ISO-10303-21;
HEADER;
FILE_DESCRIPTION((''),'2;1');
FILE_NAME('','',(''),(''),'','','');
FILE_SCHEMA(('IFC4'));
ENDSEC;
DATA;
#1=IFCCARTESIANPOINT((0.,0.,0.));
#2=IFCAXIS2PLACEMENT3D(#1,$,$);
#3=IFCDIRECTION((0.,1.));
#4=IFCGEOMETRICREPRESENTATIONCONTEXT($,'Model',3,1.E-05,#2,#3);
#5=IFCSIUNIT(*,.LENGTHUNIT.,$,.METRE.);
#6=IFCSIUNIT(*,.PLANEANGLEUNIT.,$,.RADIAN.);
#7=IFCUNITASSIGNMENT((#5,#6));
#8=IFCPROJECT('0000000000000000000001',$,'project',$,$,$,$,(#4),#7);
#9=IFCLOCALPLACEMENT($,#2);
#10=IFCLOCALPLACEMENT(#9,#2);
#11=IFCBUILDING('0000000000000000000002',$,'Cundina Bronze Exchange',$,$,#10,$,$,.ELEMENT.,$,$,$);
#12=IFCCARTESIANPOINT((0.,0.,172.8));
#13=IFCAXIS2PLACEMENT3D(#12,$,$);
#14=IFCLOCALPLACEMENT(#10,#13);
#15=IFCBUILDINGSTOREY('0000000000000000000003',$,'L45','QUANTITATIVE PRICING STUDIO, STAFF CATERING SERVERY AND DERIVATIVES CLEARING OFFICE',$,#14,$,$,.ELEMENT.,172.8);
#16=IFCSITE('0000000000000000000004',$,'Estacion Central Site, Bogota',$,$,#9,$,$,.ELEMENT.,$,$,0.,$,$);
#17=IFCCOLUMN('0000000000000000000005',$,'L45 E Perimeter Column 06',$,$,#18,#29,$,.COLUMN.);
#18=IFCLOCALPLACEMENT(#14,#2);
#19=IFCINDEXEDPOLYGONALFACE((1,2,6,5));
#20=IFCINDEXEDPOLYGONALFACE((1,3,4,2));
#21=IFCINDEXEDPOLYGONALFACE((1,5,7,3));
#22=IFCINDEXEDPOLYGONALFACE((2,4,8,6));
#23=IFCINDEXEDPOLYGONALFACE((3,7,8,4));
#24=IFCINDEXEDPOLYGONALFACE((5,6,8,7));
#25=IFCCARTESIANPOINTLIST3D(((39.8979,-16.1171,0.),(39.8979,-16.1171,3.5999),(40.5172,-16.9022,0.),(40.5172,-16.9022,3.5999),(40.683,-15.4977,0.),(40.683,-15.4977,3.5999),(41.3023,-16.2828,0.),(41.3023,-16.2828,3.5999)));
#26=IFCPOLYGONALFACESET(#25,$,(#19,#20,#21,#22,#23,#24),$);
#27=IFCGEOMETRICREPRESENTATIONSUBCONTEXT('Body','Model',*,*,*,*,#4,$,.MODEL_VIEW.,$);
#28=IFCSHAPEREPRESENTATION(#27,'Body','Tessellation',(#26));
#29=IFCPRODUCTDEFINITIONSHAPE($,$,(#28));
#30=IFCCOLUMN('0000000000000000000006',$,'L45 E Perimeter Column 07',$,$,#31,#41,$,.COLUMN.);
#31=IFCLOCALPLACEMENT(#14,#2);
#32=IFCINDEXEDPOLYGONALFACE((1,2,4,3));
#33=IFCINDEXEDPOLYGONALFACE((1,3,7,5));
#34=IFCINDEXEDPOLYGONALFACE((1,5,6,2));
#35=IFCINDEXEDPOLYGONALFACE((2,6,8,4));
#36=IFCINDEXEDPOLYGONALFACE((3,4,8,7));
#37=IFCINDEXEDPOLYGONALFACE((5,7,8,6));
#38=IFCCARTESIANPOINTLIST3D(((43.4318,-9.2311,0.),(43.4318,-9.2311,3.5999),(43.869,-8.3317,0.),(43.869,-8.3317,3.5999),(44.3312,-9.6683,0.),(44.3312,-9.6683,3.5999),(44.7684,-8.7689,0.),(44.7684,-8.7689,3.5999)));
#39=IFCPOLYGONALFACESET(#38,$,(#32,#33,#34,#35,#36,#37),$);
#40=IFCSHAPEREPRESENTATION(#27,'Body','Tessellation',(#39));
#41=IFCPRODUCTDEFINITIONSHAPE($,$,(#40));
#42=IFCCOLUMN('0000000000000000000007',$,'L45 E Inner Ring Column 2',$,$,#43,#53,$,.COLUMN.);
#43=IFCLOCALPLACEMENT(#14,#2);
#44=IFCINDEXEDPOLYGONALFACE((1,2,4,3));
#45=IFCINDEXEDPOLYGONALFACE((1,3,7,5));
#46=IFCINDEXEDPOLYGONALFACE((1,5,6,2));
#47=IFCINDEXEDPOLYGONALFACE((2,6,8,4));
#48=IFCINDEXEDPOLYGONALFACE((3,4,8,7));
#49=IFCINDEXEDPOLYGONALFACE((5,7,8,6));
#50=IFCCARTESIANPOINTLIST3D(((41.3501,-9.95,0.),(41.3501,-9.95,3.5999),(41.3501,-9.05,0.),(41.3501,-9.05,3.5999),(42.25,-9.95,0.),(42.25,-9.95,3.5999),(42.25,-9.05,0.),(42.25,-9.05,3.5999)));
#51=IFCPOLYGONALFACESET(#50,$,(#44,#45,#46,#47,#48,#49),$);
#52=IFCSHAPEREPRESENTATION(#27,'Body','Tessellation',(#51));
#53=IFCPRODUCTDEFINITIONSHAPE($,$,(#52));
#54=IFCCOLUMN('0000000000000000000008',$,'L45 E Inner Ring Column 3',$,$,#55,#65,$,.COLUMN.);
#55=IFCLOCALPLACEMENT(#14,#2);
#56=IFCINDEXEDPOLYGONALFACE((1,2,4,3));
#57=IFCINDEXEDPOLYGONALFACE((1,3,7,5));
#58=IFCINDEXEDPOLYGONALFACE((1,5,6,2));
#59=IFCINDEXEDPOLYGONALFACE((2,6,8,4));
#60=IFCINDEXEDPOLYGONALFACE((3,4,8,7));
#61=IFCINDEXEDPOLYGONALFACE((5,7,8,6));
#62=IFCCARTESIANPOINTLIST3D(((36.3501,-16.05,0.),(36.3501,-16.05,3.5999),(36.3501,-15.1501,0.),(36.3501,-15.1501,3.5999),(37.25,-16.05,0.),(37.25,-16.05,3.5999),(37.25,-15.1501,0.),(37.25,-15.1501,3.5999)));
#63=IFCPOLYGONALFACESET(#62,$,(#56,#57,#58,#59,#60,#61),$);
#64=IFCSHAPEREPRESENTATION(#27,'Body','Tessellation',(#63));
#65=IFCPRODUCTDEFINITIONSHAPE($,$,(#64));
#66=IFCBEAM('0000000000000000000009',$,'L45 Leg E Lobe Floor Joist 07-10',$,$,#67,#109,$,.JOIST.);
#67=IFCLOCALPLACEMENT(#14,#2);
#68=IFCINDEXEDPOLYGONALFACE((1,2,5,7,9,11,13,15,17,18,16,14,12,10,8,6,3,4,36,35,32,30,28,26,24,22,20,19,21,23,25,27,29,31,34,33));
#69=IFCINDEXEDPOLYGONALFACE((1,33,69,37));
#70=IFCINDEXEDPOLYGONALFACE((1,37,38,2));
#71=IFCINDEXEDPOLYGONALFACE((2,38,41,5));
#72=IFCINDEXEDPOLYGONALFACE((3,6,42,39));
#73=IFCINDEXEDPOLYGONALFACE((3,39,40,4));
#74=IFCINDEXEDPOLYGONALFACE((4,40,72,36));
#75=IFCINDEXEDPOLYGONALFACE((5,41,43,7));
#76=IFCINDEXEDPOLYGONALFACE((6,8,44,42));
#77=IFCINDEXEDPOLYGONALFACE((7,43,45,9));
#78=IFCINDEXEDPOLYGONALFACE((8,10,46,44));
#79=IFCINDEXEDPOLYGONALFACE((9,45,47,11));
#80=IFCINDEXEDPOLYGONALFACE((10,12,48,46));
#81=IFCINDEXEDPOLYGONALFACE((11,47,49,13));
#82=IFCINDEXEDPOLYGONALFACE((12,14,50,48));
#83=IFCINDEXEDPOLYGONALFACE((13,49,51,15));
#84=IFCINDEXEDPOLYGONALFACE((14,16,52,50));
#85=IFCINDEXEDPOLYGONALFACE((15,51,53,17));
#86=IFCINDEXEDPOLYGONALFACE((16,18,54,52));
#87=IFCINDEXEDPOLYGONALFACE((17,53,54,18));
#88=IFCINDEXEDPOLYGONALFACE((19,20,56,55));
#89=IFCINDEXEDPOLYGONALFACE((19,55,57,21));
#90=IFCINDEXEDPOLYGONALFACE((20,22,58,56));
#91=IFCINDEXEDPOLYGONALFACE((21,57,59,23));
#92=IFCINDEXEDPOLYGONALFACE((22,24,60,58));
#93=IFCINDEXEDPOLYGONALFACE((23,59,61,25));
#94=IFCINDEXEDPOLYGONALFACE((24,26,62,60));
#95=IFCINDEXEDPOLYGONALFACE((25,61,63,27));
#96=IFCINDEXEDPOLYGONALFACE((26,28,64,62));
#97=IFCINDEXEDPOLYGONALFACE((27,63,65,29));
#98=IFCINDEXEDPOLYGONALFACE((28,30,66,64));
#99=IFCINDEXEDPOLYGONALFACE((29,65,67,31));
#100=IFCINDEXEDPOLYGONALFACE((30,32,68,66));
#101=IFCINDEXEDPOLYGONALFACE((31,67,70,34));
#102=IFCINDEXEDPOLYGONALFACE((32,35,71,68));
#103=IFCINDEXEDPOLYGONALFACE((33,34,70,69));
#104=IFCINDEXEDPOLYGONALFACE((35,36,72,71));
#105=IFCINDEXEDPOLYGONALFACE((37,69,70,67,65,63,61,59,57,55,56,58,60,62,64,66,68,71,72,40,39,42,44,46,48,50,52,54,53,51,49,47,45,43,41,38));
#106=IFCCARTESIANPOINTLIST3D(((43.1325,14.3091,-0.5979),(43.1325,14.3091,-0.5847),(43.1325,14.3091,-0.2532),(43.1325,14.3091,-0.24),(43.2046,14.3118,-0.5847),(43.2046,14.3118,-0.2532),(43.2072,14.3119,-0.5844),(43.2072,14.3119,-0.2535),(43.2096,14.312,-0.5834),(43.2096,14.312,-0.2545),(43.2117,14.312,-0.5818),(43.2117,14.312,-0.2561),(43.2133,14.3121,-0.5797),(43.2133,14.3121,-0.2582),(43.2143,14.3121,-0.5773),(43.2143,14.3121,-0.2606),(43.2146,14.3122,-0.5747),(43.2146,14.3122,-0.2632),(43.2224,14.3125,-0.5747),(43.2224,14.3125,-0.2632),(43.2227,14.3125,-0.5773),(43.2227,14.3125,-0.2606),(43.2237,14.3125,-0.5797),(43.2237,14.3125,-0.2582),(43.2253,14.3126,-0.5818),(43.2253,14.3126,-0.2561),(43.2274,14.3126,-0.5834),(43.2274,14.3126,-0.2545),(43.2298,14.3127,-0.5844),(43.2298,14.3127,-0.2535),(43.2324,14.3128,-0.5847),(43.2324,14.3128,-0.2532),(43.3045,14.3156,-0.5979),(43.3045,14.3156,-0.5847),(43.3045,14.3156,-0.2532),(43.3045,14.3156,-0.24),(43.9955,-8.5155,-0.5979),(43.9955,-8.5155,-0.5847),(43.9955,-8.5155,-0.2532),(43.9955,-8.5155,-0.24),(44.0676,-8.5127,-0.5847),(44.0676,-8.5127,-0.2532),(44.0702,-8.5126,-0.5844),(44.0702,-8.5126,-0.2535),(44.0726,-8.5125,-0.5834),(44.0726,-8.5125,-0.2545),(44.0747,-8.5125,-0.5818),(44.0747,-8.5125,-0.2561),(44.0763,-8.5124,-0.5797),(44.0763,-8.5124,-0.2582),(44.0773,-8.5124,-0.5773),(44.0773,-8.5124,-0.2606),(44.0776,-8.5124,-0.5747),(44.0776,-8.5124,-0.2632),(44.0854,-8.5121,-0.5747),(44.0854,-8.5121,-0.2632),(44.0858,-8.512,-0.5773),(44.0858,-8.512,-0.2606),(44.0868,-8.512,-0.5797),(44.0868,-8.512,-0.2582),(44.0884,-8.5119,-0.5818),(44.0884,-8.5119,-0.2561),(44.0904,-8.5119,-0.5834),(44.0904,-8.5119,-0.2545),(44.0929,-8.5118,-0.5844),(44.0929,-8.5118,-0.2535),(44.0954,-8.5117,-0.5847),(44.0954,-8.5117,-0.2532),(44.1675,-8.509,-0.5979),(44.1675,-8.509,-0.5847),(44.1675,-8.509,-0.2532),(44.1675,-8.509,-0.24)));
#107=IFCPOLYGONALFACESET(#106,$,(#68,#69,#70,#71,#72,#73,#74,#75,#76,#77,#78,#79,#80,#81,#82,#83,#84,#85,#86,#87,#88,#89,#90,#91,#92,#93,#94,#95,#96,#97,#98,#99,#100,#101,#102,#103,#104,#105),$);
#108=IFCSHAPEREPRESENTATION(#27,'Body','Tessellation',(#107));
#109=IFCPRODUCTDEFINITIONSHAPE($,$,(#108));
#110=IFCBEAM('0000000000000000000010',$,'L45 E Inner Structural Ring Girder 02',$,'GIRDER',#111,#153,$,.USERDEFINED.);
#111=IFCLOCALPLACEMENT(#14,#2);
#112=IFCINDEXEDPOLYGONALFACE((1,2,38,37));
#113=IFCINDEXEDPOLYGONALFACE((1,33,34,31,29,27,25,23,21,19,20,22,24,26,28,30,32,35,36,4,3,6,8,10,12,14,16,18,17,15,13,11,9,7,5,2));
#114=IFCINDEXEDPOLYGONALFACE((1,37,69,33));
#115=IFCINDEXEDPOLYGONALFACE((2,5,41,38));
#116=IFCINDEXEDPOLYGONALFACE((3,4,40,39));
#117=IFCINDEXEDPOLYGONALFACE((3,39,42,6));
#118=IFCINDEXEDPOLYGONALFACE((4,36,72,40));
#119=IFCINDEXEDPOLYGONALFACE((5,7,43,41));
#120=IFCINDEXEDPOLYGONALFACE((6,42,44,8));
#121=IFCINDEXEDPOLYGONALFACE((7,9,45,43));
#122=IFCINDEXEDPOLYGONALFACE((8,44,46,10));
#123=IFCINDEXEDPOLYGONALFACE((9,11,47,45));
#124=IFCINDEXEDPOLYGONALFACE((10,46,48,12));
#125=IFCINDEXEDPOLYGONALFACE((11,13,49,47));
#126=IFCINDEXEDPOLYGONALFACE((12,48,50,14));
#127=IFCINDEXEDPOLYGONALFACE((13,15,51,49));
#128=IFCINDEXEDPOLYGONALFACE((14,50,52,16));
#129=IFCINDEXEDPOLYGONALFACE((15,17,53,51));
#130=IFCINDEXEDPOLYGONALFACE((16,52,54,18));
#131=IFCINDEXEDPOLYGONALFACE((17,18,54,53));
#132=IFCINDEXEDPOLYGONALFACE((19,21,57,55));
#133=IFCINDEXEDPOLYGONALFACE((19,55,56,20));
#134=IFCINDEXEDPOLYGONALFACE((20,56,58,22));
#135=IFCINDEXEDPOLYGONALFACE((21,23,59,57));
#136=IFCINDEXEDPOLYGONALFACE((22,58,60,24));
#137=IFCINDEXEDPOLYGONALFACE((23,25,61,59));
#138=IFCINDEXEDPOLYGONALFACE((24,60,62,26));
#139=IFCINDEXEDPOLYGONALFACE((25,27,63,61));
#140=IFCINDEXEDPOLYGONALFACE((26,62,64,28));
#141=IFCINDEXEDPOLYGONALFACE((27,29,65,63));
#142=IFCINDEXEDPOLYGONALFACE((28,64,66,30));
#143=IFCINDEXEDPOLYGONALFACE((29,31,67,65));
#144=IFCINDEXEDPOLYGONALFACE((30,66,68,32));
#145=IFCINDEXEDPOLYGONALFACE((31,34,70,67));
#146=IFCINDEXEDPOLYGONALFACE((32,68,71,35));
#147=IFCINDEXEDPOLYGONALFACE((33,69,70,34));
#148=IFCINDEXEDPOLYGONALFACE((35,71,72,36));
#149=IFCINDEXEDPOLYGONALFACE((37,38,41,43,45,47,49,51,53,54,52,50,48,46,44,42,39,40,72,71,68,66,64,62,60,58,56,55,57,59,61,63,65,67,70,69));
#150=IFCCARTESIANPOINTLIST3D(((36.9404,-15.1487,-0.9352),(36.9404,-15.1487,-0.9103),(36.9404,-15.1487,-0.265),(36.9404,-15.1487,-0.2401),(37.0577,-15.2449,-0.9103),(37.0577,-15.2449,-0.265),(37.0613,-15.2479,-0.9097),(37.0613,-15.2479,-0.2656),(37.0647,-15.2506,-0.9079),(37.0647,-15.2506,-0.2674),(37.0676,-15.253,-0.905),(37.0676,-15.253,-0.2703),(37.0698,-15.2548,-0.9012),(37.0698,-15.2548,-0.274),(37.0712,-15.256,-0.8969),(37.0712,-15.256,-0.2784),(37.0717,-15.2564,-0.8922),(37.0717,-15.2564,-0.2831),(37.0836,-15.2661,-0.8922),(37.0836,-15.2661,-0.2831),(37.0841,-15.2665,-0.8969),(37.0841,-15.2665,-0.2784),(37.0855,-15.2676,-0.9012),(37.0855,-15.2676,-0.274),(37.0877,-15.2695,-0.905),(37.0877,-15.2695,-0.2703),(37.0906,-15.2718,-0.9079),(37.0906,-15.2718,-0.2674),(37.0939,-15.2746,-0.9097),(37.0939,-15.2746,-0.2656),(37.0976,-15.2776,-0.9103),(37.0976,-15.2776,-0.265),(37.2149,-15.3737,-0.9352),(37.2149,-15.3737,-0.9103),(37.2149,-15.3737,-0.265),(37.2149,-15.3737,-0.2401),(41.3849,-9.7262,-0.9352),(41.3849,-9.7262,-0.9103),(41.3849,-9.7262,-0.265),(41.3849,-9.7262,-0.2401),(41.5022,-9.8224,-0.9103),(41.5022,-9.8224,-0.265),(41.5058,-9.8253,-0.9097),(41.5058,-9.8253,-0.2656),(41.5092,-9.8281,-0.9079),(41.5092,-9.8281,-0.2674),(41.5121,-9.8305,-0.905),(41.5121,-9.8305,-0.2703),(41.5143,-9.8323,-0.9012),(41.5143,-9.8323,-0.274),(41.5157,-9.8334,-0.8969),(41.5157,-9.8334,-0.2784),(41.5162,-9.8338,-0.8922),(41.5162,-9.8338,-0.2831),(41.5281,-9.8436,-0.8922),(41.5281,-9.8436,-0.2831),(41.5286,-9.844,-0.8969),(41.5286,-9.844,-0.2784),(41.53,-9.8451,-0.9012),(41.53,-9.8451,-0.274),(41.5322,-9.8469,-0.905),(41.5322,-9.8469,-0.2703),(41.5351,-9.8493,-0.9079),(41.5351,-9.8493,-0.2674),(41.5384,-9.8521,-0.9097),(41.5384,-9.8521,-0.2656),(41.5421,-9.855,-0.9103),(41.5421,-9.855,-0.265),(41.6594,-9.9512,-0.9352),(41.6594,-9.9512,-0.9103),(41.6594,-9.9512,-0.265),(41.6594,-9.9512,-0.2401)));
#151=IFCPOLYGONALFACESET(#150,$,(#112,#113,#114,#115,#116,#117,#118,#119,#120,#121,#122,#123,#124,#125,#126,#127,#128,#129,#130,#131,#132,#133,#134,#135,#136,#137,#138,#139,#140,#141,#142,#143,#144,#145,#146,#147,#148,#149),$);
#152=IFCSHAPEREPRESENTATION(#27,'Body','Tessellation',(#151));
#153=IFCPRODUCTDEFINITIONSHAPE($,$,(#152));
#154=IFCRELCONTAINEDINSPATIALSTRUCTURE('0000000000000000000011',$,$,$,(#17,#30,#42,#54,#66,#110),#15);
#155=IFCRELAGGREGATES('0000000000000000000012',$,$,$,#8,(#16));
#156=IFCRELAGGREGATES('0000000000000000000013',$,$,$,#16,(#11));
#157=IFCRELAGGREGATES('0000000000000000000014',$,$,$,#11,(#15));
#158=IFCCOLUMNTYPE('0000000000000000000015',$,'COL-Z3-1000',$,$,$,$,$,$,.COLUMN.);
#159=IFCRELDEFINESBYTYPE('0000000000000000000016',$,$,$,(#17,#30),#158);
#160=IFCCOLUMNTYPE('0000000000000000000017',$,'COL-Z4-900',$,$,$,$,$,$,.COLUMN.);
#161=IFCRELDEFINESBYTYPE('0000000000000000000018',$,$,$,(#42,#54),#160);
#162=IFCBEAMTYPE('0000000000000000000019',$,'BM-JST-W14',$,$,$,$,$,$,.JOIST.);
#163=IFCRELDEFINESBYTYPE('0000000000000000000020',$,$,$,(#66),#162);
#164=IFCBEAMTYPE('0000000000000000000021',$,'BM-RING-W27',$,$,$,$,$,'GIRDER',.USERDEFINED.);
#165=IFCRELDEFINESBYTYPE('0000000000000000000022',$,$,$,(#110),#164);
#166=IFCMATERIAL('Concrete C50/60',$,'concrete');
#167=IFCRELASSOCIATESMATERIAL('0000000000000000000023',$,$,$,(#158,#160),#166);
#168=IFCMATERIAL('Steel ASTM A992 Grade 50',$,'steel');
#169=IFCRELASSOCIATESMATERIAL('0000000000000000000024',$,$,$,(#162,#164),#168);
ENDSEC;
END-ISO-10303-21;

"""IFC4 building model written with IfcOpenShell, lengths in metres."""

from ifc_helpers import new_model, si_unit, direction, frame, origin, origin_2d, place, context, subcontext, project, spatial, rectangle, i_section, extrude, material, material_profile, profile_set, type_object, element, save


model = new_model("IFC4")

# Units and contexts
model_context = context("Model", 3, precision=1e-05, world=origin(), true_north=direction((0.0, 1.0)))
body_context = subcontext(model_context, "Body", "Model", "MODEL_VIEW")
ifc_project = project(units=[si_unit("LENGTHUNIT", "METRE"), si_unit("PLANEANGLEUNIT", "RADIAN")], contexts=[model_context])

# Site, building, storey
site_placement = place(None, origin())
site = spatial("IfcSite", under=ifc_project, at=site_placement, Name="Estacion Central Site, Bogota", CompositionType="ELEMENT", RefElevation=0.0)
building_placement = place(site_placement, origin())
building = spatial("IfcBuilding", under=site, at=building_placement, Name="Cundina Bronze Exchange", CompositionType="ELEMENT")
storey_placement = place(building_placement, frame((0.0, 0.0, 172.8)))
storey = spatial("IfcBuildingStorey", under=building, at=storey_placement, Name="L45", Description="QUANTITATIVE PRICING STUDIO, STAFF CATERING SERVERY AND DERIVATIVES CLEARING OFFICE", CompositionType="ELEMENT", Elevation=172.8)

# Columns
ifc_material_1 = material(Name="Concrete C50/60", Category="concrete")
ifc_material_profile_1 = material_profile(ifc_material_1, rectangle(XDim=1.0, YDim=1.0, at=origin_2d()), Name="RC1000X1000", Category="concrete")
ifc_profile_set_1 = profile_set([ifc_material_profile_1], Name="Concrete C50/60")
column_type_1 = type_object("IfcColumnType", Name="COL-Z3-1000", PredefinedType="COLUMN", material=ifc_profile_set_1)
for number, where, z_axis, x_axis, name in (
    (1, (40.6001, -16.2, 0.0), (0.0, 0.0, 1.0), (0.785101, 0.619368, 0.0), "L45 E Perimeter Column 06"),
    (2, (44.1001, -9.0, 0.0), (0.0, 0.0, 1.0), (0.437116, 0.899405, 0.0), "L45 E Perimeter Column 07"),
):
    element("IfcColumn", number, at=place(storey_placement, frame(where, z_axis=z_axis, x_axis=x_axis)), inside=storey, type_object=column_type_1, Name=name, PredefinedType="COLUMN", context=body_context, shape_type="SweptSolid", body=[
        extrude(rectangle(XDim=1.0, YDim=1.0, at=origin_2d()), origin(), (0.0, 0.0, 1.0), 3.5999),
    ])
ifc_material_profile_2 = material_profile(ifc_material_1, rectangle(XDim=0.8999, YDim=0.8999, at=origin_2d()), Name="RC900X900", Category="concrete")
ifc_profile_set_2 = profile_set([ifc_material_profile_2], Name="Concrete C50/60")
column_type_2 = type_object("IfcColumnType", Name="COL-Z4-900", PredefinedType="COLUMN", material=ifc_profile_set_2)
for number, where, z_axis, x_axis, name in (
    (3, (41.8, -9.5, 0.0), (0.0, 0.0, 1.0), (1.0, 0.0, 0.0), "L45 E Inner Ring Column 2"),
    (4, (36.8, -15.6001, 0.0), (0.0, 0.0, 1.0), (1.0, 0.0, 0.0), "L45 E Inner Ring Column 3"),
):
    element("IfcColumn", number, at=place(storey_placement, frame(where, z_axis=z_axis, x_axis=x_axis)), inside=storey, type_object=column_type_2, Name=name, PredefinedType="COLUMN", context=body_context, shape_type="SweptSolid", body=[
        extrude(rectangle(XDim=0.8999, YDim=0.8999, at=origin_2d()), origin(), (0.0, 0.0, 1.0), 3.5999),
    ])

# Beams
ifc_material_2 = material(Name="Steel ASTM A992 Grade 50", Category="steel")
ifc_material_profile_3 = material_profile(ifc_material_2, i_section(OverallWidth=0.1721, OverallDepth=0.3579, WebThickness=0.0078, FlangeThickness=0.0132, FilletRadius=0.01, at=origin_2d()), Name="W14X38", Category="steel")
ifc_profile_set_3 = profile_set([ifc_material_profile_3], Name="Steel ASTM A992 Grade 50")
beam_type_1 = type_object("IfcBeamType", Name="BM-JST-W14", PredefinedType="JOIST", material=ifc_profile_set_3)
beam_1_placement = place(storey_placement, frame((44.0815, -8.5122, -0.4189), z_axis=(-0.037785, 0.999286, 0.0), x_axis=(-0.999286, -0.037785, 0.0)))
element("IfcBeam", 5, at=beam_1_placement, inside=storey, type_object=beam_type_1, Name="L45 Leg E Lobe Floor Joist 07-10", PredefinedType="JOIST", context=body_context, shape_type="SweptSolid", body=[
    extrude(i_section(OverallWidth=0.1721, OverallDepth=0.3579, WebThickness=0.0078, FlangeThickness=0.0132, FilletRadius=0.01, at=origin_2d()), origin(), (0.0, 0.0, 1.0), 22.8408),
])
ifc_material_profile_4 = material_profile(ifc_material_2, i_section(OverallWidth=0.355, OverallDepth=0.6951, WebThickness=0.0154, FlangeThickness=0.0249, FilletRadius=0.0181, at=origin_2d()), Name="W27X146", Category="steel")
ifc_profile_set_4 = profile_set([ifc_material_profile_4], Name="Steel ASTM A992 Grade 50")
beam_type_2 = type_object("IfcBeamType", Name="BM-RING-W27", ElementType="GIRDER", PredefinedType="USERDEFINED", material=ifc_profile_set_4)
beam_2_placement = place(storey_placement, frame((37.0776, -15.2612, -0.5876), z_axis=(0.633913, 0.773405, 0.0), x_axis=(-0.773405, 0.633913, 0.0)))
element("IfcBeam", 6, at=beam_2_placement, inside=storey, type_object=beam_type_2, Name="L45 E Inner Structural Ring Girder 02", ObjectType="GIRDER", PredefinedType="USERDEFINED", context=body_context, shape_type="SweptSolid", body=[
    extrude(i_section(OverallWidth=0.355, OverallDepth=0.6951, WebThickness=0.0154, FlangeThickness=0.0249, FilletRadius=0.0181, at=origin_2d()), origin(), (0.0, 0.0, 1.0), 7.0112),
])

save(model, "model.ifc")
